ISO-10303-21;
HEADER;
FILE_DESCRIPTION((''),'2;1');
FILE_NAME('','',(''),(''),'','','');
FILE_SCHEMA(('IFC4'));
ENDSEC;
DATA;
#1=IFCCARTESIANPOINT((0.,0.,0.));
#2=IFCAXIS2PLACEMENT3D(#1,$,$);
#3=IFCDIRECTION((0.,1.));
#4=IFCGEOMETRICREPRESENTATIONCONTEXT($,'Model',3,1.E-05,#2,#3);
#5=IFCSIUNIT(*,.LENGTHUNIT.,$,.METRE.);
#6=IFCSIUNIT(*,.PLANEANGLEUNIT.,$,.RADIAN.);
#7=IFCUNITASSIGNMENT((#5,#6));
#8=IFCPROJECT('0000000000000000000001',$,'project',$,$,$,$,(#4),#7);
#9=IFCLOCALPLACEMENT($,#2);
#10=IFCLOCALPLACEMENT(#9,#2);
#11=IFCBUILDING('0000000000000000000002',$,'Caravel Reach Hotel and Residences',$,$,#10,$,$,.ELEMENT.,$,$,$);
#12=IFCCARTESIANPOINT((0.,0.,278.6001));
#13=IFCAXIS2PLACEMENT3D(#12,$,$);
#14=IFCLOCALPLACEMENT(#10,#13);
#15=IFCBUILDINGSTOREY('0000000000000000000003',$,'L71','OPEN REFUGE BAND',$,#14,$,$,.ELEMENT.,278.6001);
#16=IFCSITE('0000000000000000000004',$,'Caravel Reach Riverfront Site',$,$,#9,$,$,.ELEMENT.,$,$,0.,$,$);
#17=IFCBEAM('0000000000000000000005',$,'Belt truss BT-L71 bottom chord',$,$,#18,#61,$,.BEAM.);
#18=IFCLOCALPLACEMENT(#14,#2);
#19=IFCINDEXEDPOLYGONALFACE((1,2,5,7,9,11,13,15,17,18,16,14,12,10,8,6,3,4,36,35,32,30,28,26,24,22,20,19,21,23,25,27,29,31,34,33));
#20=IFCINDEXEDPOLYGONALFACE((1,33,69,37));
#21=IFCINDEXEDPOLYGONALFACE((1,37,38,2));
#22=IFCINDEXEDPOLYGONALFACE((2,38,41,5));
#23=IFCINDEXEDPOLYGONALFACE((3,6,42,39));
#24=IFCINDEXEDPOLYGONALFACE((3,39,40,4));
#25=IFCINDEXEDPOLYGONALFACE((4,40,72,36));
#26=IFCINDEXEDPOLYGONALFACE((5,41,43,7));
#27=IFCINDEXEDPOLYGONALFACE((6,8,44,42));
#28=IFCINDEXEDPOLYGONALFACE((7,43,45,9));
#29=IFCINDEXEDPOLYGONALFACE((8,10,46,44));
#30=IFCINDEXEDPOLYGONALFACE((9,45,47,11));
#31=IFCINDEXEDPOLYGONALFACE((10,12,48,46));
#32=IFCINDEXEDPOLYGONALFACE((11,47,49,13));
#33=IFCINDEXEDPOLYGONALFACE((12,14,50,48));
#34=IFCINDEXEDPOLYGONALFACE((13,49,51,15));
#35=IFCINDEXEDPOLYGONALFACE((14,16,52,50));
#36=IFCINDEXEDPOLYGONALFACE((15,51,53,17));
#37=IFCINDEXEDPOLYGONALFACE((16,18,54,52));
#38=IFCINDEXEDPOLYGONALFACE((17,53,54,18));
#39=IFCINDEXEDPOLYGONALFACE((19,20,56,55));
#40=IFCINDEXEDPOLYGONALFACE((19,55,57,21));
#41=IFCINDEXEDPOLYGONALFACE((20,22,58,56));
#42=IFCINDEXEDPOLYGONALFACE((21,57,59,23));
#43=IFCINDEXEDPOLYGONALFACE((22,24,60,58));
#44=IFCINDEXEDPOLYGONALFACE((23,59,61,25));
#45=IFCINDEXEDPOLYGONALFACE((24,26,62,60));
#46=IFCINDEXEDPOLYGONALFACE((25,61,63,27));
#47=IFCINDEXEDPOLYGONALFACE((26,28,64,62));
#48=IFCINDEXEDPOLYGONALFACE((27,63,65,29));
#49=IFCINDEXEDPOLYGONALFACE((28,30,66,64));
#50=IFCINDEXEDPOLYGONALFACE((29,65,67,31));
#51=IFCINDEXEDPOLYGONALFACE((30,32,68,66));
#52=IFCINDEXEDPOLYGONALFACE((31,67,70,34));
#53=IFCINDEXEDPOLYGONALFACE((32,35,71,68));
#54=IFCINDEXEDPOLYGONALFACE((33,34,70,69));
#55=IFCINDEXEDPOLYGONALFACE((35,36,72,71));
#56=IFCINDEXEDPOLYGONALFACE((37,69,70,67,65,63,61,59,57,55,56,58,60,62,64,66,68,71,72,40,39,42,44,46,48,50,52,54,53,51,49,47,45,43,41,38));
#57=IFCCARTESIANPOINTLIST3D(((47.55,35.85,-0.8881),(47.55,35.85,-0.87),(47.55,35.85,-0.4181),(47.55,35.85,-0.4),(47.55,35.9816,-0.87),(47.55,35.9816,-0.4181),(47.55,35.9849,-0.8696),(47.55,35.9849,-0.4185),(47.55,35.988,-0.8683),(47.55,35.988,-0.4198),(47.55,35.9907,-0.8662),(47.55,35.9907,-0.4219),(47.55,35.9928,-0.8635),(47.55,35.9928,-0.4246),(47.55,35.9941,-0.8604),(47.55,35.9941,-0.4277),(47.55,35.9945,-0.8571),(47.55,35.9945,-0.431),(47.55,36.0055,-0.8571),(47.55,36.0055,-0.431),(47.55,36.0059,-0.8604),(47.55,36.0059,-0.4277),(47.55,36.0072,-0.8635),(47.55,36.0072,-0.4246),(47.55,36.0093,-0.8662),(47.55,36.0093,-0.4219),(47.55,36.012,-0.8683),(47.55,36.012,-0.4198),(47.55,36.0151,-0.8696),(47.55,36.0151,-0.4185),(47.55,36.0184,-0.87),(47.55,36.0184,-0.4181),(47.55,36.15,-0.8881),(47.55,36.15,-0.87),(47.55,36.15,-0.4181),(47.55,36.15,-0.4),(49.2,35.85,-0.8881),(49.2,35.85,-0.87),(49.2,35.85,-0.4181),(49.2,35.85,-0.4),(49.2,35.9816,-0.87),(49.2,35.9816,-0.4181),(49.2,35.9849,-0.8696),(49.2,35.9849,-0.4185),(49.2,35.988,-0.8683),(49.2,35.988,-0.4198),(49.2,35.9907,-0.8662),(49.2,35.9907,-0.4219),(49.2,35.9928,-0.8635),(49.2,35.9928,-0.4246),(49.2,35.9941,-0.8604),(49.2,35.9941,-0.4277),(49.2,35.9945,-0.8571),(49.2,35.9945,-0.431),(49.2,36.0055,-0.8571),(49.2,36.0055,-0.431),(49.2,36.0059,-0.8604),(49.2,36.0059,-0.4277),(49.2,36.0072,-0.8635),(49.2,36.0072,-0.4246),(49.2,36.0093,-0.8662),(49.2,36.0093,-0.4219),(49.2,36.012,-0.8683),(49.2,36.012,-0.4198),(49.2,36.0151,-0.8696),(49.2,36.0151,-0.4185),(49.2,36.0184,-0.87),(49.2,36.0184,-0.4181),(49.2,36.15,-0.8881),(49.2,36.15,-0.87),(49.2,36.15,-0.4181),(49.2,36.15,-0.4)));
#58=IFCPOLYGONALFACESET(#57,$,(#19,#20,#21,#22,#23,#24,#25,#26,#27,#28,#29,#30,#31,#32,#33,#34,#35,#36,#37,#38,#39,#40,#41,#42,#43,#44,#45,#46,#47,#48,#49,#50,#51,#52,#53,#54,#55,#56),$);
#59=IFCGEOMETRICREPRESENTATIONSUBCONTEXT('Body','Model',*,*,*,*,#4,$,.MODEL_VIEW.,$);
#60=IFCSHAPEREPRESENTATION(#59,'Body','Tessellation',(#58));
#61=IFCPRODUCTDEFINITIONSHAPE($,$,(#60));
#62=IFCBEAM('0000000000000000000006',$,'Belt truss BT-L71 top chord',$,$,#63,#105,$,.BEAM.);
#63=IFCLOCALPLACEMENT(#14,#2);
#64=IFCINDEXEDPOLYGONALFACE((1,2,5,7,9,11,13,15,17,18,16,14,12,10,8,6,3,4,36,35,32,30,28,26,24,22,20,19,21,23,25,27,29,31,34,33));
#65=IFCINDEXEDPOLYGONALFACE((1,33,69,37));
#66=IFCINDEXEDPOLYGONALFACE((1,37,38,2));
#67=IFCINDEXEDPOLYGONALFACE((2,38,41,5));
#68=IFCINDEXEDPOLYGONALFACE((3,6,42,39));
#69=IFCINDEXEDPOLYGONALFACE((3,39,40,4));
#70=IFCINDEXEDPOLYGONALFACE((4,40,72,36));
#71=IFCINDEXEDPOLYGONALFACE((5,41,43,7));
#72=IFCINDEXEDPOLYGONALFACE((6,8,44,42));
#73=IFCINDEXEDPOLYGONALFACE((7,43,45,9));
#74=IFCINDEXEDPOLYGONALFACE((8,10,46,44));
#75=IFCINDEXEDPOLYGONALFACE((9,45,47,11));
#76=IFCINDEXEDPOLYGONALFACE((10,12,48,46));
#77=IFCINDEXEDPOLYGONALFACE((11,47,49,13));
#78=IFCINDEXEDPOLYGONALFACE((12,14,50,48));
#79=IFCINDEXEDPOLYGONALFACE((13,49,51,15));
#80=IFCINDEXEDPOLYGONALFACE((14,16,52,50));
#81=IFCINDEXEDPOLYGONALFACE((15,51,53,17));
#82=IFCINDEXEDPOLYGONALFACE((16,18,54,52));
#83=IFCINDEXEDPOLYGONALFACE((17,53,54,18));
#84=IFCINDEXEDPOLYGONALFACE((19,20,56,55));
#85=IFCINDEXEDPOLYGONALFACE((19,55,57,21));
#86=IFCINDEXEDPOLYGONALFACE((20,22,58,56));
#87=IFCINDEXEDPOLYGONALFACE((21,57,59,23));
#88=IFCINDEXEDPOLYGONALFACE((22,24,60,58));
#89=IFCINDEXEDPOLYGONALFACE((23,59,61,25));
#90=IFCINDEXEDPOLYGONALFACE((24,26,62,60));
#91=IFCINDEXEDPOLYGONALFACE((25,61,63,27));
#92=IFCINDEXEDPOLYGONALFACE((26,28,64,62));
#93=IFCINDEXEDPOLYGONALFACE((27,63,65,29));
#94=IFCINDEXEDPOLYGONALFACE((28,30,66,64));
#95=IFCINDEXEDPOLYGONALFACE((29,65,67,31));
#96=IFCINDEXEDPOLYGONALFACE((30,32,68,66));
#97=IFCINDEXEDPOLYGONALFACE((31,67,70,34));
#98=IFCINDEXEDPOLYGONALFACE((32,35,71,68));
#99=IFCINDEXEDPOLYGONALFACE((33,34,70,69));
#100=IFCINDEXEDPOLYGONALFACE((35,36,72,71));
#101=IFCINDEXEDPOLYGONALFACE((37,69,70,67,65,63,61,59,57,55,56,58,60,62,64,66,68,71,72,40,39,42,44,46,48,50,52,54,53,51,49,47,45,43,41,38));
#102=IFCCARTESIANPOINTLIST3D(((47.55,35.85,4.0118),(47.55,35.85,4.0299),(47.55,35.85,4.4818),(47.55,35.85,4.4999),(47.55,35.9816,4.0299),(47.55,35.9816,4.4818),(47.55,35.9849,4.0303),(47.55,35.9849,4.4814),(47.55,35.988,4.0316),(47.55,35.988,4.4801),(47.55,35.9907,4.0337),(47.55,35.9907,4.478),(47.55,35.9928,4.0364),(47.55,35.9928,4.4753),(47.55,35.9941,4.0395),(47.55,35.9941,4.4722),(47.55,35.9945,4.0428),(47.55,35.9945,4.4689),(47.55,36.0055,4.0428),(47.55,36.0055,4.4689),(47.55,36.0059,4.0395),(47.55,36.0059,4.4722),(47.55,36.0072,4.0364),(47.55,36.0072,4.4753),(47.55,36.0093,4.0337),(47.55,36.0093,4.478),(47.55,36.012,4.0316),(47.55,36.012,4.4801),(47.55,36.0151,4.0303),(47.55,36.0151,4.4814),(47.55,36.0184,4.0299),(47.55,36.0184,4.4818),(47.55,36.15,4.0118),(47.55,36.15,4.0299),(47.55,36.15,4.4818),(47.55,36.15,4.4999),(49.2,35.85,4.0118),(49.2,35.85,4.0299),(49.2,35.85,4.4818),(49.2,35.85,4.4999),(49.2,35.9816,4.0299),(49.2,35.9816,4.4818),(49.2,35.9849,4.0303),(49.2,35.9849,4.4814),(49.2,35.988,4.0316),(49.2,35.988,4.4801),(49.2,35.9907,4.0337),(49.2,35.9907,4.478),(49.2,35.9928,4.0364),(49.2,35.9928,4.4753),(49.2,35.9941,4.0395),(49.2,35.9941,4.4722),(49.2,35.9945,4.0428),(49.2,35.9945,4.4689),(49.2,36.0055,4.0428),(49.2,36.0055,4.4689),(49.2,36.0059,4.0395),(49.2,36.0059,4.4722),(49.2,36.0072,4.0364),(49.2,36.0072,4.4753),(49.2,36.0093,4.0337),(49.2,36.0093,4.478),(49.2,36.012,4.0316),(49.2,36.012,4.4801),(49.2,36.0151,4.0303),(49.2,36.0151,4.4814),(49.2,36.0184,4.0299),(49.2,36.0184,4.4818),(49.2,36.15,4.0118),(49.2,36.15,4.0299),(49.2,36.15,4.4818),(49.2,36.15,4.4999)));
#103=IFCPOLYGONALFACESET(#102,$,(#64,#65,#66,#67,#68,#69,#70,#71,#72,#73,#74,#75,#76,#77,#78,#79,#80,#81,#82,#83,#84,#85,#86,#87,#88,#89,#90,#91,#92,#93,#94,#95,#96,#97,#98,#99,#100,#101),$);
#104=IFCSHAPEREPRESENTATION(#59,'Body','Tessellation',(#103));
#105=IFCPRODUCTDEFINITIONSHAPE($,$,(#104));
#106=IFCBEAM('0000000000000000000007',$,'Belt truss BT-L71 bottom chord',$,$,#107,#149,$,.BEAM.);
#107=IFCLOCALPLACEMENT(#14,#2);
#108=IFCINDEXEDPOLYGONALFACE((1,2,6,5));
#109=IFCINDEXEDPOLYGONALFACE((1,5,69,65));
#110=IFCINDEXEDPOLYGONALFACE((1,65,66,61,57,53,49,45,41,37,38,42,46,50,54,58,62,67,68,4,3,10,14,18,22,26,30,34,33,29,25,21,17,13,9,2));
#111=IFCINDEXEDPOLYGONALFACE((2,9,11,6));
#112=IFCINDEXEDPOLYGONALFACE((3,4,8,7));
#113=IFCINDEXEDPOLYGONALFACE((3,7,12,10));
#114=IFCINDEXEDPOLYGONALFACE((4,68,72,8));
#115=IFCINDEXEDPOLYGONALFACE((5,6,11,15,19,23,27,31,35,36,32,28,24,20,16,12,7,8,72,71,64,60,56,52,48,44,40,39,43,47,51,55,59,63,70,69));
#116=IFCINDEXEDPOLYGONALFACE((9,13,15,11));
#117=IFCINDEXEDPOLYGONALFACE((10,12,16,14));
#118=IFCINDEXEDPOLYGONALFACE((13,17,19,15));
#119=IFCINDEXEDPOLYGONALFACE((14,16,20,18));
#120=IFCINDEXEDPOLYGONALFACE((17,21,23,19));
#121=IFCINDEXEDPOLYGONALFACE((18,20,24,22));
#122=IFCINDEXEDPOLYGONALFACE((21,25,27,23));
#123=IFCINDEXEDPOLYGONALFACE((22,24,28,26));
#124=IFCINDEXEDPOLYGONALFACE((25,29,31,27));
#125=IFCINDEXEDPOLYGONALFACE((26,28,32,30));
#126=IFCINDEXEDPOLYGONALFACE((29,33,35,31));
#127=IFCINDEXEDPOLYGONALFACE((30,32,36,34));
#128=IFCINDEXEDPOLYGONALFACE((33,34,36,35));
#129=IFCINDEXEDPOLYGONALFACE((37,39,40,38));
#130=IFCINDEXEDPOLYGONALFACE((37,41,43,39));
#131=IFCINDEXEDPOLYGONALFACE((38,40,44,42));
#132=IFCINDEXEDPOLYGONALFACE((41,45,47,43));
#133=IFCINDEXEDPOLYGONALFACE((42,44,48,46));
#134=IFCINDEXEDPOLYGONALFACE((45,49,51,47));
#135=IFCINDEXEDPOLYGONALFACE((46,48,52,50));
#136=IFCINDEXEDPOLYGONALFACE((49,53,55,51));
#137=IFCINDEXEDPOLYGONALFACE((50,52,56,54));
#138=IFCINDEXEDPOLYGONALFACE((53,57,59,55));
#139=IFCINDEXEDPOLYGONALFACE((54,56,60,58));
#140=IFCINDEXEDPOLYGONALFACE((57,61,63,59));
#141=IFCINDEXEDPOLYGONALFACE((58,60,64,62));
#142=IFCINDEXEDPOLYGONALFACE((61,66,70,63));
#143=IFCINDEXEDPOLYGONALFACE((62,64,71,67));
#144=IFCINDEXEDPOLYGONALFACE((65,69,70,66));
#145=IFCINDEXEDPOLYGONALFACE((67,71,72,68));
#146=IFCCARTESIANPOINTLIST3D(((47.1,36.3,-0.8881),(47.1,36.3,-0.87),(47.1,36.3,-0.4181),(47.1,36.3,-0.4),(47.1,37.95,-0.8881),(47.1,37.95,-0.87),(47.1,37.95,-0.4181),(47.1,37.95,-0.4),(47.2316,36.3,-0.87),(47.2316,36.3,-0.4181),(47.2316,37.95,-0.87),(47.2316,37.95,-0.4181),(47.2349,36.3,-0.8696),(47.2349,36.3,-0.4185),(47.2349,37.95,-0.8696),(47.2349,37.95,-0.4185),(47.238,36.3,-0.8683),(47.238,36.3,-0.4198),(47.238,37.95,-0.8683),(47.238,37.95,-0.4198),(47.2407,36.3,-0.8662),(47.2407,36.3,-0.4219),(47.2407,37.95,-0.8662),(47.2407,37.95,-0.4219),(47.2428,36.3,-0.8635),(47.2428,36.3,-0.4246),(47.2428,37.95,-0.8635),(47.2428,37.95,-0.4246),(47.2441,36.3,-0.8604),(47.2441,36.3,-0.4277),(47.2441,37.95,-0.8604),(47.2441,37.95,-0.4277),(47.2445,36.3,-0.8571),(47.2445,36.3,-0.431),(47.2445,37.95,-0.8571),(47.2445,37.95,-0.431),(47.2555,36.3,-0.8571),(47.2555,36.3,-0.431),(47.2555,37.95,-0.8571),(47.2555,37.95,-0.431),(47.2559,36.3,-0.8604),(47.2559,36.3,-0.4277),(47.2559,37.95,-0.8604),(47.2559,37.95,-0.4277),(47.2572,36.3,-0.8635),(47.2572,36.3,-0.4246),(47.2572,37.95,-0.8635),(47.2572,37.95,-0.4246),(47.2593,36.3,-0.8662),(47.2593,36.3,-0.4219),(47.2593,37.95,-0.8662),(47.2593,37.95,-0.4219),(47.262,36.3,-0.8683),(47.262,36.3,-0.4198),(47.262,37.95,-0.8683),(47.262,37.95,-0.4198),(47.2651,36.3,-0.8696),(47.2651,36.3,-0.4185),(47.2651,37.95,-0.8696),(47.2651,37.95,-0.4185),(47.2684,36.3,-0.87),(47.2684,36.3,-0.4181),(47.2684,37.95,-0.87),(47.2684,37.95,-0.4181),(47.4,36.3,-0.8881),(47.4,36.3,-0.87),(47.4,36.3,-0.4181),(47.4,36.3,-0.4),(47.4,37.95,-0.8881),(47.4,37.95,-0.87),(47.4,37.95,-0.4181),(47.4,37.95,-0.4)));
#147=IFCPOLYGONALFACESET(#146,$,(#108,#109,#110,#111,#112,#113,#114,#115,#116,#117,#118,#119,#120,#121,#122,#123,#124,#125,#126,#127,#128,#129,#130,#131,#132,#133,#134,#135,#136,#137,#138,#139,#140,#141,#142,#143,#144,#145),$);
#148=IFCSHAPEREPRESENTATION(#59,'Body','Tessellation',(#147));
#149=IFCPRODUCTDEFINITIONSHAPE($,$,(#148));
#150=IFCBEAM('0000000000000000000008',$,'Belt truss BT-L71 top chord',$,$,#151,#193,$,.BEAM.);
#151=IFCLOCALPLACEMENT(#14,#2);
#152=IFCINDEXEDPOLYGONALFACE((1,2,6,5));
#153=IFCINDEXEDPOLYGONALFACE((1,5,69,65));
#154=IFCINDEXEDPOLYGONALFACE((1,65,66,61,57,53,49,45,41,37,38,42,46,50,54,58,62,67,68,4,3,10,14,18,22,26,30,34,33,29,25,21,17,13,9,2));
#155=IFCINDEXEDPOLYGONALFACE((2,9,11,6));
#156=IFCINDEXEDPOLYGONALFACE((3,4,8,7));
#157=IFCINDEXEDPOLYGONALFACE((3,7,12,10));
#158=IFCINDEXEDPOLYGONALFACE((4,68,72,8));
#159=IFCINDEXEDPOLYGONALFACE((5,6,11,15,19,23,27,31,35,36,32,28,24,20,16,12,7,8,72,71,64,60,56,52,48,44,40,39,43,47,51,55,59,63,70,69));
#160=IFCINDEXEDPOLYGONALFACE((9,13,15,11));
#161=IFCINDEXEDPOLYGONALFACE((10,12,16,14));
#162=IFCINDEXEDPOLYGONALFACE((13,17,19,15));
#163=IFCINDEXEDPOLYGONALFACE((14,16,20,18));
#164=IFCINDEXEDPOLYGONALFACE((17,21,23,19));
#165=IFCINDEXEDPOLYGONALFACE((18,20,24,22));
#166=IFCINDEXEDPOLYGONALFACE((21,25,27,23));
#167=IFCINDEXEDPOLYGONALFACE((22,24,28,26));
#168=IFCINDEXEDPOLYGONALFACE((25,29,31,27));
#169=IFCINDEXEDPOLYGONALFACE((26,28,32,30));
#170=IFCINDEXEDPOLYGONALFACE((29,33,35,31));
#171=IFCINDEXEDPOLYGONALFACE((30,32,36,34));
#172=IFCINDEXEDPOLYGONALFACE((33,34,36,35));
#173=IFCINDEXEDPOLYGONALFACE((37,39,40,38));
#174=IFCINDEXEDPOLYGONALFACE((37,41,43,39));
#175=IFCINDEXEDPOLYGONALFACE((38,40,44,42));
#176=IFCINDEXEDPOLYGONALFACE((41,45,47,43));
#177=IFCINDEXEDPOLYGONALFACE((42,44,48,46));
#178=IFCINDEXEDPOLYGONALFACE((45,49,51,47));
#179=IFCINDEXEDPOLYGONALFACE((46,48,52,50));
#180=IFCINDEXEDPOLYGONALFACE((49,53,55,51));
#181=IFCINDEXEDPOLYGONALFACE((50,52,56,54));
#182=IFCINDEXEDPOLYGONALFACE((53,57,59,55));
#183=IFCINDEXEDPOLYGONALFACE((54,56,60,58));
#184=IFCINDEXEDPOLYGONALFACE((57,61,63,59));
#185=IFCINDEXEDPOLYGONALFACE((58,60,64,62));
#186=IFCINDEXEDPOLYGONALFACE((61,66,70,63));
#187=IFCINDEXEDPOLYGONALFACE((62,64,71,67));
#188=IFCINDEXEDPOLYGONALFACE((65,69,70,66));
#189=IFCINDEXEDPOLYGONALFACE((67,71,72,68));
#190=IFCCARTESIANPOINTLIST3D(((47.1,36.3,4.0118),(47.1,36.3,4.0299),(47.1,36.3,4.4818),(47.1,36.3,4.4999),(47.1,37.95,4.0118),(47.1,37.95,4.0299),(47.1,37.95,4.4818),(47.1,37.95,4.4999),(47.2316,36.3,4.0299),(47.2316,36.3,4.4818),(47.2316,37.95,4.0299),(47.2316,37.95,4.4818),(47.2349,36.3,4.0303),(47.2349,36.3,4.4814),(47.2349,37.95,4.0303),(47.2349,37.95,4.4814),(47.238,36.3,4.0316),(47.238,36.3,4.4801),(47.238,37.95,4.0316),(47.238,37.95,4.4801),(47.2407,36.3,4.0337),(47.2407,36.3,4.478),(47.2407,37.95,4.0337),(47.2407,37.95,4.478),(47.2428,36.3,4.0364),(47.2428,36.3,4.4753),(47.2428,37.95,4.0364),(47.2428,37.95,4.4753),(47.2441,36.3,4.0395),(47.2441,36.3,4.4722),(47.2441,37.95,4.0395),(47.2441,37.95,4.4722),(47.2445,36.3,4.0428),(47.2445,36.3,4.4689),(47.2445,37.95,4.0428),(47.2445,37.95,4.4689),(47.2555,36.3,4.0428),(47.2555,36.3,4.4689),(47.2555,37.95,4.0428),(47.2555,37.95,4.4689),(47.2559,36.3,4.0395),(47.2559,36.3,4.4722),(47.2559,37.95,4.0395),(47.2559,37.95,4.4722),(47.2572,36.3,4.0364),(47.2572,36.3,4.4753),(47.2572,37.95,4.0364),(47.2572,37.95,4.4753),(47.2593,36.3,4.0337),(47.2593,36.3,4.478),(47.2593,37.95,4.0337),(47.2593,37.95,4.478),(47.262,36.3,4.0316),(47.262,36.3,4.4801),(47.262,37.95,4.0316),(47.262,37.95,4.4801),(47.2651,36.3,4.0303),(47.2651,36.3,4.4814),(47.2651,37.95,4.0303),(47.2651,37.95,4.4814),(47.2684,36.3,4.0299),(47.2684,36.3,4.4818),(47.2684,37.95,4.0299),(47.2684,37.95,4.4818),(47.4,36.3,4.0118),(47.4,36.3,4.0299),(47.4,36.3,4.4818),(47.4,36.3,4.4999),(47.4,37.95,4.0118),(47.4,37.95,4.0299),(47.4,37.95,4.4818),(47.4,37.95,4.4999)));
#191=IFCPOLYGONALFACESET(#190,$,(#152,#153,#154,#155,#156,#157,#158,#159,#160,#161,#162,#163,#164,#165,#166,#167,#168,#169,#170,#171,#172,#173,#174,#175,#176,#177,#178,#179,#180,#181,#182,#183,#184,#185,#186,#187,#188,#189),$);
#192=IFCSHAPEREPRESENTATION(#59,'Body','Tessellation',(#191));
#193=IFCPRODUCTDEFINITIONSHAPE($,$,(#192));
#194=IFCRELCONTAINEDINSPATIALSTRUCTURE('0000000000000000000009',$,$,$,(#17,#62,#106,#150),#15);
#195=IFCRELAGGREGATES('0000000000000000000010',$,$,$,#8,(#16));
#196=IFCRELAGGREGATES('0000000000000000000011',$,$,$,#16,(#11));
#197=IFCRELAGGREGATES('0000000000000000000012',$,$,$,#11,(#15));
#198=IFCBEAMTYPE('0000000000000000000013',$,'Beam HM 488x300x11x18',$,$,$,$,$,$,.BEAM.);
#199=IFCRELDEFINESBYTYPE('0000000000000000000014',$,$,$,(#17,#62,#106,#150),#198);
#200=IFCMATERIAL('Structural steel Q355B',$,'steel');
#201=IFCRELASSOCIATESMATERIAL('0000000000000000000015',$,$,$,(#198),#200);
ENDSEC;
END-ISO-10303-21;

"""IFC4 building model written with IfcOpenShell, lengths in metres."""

from ifc_helpers import new_model, si_unit, direction, frame, origin, origin_2d, place, context, subcontext, project, spatial, i_section, extrude, material, material_profile, profile_set, type_object, element, save


model = new_model("IFC4")

# Units and contexts
model_context = context("Model", 3, precision=1e-05, world=origin(), true_north=direction((0.0, 1.0)))
body_context = subcontext(model_context, "Body", "Model", "MODEL_VIEW")
ifc_project = project(units=[si_unit("LENGTHUNIT", "METRE"), si_unit("PLANEANGLEUNIT", "RADIAN")], contexts=[model_context])

# Site, building, storey
site_placement = place(None, origin())
site = spatial("IfcSite", under=ifc_project, at=site_placement, Name="Caravel Reach Riverfront Site", CompositionType="ELEMENT", RefElevation=0.0)
building_placement = place(site_placement, origin())
building = spatial("IfcBuilding", under=site, at=building_placement, Name="Caravel Reach Hotel and Residences", CompositionType="ELEMENT")
storey_placement = place(building_placement, frame((0.0, 0.0, 278.6001)))
storey = spatial("IfcBuildingStorey", under=building, at=storey_placement, Name="L71", Description="OPEN REFUGE BAND", CompositionType="ELEMENT", Elevation=278.6001)

# Beams
ifc_material_1 = material(Name="Structural steel Q355B", Category="steel")
ifc_material_profile_1 = material_profile(ifc_material_1, i_section(OverallWidth=0.3, OverallDepth=0.488, WebThickness=0.011, FlangeThickness=0.0181, FilletRadius=0.0129, at=origin_2d()), Name="HM 488x300x11x18")
ifc_profile_set_1 = profile_set([ifc_material_profile_1], Name="Structural steel Q355B")
beam_type = type_object("IfcBeamType", Name="Beam HM 488x300x11x18", PredefinedType="BEAM", material=ifc_profile_set_1)
for number, where, z_axis, x_axis, name in (
    (1, (49.2, 36.0, -0.644), (-1.0, 0.0, 0.0), (0.0, -1.0, 0.0), "Belt truss BT-L71 bottom chord"),
    (2, (49.2, 36.0, 4.2559), (-1.0, 0.0, 0.0), (0.0, -1.0, 0.0), "Belt truss BT-L71 top chord"),
    (3, (47.25, 36.3, -0.644), (0.0, 1.0, 0.0), (-1.0, 0.0, 0.0), "Belt truss BT-L71 bottom chord"),
    (4, (47.25, 36.3, 4.2559), (0.0, 1.0, 0.0), (-1.0, 0.0, 0.0), "Belt truss BT-L71 top chord"),
):
    element("IfcBeam", number, at=place(storey_placement, frame(where, z_axis=z_axis, x_axis=x_axis)), inside=storey, type_object=beam_type, Name=name, PredefinedType="BEAM", context=body_context, shape_type="SweptSolid", body=[
        extrude(i_section(OverallWidth=0.3, OverallDepth=0.488, WebThickness=0.011, FlangeThickness=0.0181, FilletRadius=0.0129, at=origin_2d()), origin(), (0.0, 0.0, 1.0), 1.6499),
    ])

save(model, "model.ifc")
